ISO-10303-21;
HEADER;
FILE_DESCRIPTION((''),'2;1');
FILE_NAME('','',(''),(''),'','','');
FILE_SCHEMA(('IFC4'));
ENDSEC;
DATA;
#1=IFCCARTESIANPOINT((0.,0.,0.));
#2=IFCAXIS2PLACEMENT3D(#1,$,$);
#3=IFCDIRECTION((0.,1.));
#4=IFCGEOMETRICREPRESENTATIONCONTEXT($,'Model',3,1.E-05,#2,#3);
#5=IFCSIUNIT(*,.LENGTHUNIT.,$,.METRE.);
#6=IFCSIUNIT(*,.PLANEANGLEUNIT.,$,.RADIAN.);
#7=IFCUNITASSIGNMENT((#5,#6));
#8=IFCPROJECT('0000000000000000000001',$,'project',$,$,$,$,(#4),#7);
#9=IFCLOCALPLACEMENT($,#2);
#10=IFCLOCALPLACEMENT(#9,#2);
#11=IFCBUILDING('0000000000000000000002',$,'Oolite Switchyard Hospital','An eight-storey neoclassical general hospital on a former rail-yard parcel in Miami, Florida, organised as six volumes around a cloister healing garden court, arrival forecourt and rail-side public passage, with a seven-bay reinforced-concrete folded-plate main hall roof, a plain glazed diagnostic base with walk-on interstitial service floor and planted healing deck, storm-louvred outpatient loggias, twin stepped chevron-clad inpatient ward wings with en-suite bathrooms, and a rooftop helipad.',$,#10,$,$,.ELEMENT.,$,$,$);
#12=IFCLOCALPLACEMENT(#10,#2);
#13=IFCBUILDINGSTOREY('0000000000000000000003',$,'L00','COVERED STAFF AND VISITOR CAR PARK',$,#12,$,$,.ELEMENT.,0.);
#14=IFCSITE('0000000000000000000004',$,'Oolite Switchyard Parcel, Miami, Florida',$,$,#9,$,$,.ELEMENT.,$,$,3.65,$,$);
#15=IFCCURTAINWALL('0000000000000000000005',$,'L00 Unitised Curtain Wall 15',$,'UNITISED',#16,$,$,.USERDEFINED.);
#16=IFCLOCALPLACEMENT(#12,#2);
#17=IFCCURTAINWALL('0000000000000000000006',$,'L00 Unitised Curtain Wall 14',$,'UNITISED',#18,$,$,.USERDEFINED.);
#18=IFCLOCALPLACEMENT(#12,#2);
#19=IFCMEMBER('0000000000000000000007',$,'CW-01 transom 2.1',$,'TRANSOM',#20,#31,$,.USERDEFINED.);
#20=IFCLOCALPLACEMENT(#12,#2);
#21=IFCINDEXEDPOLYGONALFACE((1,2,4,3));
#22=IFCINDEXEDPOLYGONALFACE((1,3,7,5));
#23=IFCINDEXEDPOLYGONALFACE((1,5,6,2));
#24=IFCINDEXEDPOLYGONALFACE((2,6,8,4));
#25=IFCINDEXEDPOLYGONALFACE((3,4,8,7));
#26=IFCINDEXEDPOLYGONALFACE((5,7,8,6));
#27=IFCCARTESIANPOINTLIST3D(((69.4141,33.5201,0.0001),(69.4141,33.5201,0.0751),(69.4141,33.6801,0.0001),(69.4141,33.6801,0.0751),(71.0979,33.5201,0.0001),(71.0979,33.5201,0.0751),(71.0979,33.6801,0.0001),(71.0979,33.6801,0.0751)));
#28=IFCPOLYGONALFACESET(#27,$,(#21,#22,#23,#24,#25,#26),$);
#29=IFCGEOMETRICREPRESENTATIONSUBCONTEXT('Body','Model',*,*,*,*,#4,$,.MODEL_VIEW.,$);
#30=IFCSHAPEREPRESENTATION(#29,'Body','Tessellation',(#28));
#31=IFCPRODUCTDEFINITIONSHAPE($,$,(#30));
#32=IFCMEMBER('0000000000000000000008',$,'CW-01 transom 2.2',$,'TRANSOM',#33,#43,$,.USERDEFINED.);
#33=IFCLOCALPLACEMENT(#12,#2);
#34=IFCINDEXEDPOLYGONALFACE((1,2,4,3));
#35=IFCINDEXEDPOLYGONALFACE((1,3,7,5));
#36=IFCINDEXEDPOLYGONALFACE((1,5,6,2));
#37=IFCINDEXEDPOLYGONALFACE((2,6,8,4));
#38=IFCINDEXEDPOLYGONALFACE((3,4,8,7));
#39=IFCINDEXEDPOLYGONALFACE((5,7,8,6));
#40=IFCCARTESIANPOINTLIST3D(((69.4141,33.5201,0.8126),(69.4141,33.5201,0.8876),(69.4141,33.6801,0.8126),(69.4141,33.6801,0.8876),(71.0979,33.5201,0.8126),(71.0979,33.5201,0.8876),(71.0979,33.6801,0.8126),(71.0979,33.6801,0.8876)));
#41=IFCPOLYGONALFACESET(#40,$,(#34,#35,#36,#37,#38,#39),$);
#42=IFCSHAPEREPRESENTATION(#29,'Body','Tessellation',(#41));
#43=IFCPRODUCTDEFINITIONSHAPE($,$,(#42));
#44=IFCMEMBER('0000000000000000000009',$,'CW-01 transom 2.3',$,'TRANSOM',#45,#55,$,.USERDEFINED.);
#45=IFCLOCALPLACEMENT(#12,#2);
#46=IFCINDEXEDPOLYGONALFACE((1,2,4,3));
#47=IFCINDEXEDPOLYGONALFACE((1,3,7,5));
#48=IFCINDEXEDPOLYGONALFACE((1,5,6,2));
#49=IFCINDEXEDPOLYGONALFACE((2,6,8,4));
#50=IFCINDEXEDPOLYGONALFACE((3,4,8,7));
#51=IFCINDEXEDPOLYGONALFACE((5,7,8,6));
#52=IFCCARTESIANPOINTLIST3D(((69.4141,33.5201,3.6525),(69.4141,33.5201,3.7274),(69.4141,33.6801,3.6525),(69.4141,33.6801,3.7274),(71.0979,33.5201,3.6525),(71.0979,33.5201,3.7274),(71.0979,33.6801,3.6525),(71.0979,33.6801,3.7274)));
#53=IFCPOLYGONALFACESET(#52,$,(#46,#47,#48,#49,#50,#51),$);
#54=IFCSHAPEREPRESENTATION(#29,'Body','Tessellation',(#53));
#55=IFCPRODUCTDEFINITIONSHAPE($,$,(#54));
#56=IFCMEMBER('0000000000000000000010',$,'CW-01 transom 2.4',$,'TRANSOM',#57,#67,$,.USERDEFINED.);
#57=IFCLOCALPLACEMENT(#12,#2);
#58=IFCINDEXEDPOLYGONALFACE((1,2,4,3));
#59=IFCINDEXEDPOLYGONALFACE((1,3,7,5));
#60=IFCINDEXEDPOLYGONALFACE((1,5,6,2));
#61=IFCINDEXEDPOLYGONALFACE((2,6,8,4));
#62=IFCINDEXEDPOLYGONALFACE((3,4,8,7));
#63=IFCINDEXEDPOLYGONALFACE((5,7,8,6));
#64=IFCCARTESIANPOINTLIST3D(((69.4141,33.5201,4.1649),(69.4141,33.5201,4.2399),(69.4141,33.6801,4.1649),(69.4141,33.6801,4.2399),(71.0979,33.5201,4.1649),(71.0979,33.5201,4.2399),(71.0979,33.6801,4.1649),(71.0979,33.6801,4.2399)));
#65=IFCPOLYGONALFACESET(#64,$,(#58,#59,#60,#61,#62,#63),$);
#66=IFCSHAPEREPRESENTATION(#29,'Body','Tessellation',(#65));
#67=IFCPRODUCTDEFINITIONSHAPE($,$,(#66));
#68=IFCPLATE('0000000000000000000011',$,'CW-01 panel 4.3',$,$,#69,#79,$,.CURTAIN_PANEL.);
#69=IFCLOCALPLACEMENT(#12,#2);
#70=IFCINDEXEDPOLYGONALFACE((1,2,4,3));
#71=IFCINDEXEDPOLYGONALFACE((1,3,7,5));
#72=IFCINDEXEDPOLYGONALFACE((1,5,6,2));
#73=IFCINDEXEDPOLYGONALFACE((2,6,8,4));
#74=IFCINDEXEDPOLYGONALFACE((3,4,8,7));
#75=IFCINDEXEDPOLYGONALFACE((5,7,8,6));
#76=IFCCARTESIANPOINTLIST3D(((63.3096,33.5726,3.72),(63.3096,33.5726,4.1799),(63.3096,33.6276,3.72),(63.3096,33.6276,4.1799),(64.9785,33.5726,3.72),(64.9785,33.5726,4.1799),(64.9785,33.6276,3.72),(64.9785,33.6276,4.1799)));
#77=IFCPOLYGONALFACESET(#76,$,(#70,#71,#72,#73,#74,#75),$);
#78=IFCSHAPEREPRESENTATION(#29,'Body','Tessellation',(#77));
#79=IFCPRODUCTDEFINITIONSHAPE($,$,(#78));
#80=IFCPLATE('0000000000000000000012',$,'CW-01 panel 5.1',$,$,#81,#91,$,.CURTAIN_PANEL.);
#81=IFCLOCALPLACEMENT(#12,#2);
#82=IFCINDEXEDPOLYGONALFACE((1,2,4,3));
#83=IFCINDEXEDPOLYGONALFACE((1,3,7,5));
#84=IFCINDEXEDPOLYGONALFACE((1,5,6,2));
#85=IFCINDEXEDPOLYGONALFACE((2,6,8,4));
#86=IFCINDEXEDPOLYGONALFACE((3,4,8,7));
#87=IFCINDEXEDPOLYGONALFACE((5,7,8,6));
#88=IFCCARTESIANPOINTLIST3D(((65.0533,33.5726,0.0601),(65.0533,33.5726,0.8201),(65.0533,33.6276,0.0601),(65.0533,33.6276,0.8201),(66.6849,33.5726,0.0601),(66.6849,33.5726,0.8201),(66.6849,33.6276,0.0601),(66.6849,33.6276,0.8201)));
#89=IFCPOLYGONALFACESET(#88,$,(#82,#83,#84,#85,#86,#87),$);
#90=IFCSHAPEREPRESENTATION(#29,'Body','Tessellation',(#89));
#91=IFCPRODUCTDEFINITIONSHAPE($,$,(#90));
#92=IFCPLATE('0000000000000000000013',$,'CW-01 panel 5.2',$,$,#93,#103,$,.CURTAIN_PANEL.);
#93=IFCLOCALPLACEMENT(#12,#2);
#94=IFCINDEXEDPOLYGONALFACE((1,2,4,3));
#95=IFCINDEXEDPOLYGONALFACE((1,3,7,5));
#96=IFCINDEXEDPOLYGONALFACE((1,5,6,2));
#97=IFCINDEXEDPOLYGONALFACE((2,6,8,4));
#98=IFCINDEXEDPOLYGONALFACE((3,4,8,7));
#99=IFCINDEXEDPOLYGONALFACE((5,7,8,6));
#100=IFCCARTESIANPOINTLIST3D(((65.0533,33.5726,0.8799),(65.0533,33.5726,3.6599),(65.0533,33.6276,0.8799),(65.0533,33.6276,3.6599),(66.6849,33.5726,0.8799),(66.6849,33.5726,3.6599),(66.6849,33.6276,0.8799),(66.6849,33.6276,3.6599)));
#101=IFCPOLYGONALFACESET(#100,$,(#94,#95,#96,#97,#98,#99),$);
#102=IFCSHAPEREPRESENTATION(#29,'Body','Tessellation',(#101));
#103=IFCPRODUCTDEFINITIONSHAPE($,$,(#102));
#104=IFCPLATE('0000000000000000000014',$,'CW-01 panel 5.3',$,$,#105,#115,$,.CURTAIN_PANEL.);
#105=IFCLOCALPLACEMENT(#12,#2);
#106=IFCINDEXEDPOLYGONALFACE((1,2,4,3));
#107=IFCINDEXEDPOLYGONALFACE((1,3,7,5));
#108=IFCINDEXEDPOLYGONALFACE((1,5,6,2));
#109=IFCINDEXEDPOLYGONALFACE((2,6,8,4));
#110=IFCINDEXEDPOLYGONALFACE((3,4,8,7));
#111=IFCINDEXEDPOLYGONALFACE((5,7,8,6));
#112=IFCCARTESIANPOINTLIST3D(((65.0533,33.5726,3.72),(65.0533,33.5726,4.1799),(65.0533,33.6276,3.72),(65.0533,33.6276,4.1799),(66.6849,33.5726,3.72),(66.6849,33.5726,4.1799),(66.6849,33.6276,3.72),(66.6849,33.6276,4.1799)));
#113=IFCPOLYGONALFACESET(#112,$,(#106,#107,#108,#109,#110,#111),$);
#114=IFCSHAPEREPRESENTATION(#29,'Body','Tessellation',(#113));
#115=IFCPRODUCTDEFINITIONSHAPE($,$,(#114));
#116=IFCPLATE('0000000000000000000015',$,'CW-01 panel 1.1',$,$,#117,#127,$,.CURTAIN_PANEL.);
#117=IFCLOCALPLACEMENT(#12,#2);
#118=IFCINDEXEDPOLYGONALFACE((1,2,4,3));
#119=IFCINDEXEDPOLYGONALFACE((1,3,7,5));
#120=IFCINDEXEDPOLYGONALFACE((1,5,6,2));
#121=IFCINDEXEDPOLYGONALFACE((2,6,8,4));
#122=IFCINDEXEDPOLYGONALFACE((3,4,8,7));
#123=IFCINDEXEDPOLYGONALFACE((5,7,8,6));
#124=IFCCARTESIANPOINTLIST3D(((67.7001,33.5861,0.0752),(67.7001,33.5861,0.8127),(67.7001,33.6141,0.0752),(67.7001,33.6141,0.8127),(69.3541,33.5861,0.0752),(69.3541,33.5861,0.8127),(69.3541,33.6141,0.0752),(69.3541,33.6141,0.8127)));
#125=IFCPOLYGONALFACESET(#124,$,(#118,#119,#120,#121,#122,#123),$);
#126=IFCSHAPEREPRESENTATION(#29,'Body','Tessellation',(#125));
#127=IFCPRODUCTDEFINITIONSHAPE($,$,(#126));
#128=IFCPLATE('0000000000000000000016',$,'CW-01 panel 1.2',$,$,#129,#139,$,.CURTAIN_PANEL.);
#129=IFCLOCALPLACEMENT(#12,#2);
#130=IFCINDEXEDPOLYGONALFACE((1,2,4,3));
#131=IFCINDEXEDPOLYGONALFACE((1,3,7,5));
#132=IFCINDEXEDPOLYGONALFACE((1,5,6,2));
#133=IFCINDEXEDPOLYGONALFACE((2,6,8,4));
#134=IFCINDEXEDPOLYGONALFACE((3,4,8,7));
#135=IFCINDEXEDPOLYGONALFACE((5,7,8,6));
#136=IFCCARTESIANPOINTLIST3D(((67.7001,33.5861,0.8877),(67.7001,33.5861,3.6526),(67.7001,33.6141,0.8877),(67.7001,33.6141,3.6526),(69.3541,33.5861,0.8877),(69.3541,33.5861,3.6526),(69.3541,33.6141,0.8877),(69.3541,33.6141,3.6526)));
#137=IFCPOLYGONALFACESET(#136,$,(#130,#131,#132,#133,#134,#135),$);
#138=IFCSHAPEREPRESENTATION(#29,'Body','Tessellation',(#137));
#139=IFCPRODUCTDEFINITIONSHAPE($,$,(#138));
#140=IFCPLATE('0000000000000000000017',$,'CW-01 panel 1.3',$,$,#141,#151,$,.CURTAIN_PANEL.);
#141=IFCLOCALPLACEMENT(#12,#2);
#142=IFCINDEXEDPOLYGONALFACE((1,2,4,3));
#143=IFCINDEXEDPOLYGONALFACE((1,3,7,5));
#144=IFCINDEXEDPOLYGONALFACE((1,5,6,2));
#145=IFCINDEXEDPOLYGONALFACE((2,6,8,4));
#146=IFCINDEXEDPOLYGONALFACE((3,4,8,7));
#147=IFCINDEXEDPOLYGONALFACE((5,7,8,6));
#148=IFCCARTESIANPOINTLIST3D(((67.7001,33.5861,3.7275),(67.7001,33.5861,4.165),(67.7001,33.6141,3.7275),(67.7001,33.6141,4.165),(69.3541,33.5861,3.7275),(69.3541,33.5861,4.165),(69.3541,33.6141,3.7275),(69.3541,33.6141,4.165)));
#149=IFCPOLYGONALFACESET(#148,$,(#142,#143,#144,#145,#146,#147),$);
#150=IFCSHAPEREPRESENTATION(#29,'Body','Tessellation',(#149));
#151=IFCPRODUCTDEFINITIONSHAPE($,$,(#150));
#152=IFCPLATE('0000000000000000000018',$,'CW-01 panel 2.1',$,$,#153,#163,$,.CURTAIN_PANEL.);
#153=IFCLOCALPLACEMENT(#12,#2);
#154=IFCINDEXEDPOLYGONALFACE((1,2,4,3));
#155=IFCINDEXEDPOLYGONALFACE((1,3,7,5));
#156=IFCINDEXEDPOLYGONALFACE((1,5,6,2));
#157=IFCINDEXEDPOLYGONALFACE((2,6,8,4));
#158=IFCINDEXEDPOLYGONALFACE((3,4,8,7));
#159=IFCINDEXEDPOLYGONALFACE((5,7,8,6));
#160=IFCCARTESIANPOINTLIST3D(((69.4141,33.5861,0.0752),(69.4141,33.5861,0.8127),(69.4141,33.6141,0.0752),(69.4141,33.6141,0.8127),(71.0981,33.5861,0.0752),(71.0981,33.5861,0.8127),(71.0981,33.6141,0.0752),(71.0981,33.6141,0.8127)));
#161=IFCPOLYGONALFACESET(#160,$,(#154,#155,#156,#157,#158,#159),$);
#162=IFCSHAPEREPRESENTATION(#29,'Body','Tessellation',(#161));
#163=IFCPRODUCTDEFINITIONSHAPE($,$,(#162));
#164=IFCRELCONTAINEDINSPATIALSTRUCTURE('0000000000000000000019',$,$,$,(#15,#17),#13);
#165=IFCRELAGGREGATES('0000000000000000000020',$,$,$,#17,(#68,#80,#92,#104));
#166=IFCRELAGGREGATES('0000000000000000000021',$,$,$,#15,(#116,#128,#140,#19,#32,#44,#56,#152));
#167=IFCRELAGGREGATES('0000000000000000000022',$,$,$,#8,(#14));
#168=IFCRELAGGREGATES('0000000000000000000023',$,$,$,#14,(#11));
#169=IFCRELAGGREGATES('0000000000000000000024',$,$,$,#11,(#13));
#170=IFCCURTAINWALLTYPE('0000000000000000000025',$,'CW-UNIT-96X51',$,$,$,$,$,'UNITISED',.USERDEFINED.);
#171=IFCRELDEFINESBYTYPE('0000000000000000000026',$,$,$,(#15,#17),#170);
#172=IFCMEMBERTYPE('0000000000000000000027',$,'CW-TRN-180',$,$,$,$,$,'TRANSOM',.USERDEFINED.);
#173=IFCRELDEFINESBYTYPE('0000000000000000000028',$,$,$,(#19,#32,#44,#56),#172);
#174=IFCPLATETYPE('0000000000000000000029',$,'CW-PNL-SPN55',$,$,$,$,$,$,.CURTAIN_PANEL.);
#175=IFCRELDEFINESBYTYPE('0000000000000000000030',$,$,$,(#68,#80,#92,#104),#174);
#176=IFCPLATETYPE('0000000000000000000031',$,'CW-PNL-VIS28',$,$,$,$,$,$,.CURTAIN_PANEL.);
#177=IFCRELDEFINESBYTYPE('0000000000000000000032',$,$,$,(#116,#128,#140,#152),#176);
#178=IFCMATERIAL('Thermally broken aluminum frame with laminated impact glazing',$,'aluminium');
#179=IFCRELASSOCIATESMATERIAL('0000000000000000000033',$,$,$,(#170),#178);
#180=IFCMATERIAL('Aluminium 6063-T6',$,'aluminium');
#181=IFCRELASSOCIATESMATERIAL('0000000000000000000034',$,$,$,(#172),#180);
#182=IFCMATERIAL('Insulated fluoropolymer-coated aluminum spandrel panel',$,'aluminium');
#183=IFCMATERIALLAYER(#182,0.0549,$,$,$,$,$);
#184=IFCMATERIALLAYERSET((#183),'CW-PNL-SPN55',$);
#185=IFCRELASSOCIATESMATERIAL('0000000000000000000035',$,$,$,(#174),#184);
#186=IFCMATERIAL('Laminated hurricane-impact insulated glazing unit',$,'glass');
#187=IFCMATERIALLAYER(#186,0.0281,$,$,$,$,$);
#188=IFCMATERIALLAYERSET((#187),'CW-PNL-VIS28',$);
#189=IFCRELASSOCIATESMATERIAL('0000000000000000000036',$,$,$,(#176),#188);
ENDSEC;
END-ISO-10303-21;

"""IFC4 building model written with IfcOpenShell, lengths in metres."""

from ifc_helpers import new_model, si_unit, direction, frame, origin, origin_2d, place, context, subcontext, project, spatial, rectangle, extrude, material, layer, layer_set, material_profile, profile_set, type_object, element, aggregate, save


model = new_model("IFC4")

# Units and contexts
model_context = context("Model", 3, precision=1e-05, world=origin(), true_north=direction((0.0, 1.0)))
body_context = subcontext(model_context, "Body", "Model", "MODEL_VIEW")
ifc_project = project(units=[si_unit("LENGTHUNIT", "METRE"), si_unit("PLANEANGLEUNIT", "RADIAN")], contexts=[model_context])

# Site, building, storey
site_placement = place(None, origin())
site = spatial("IfcSite", under=ifc_project, at=site_placement, Name="Oolite Switchyard Parcel, Miami, Florida", CompositionType="ELEMENT", RefElevation=3.65)
building_placement = place(site_placement, origin())
building = spatial("IfcBuilding", under=site, at=building_placement, Name="Oolite Switchyard Hospital", Description="An eight-storey neoclassical general hospital on a former rail-yard parcel in Miami, Florida, organised as six volumes around a cloister healing garden court, arrival forecourt and rail-side public passage, with a seven-bay reinforced-concrete folded-plate main hall roof, a plain glazed diagnostic base with walk-on interstitial service floor and planted healing deck, storm-louvred outpatient loggias, twin stepped chevron-clad inpatient ward wings with en-suite bathrooms, and a rooftop helipad.", CompositionType="ELEMENT")
storey_placement = place(building_placement, origin())
storey = spatial("IfcBuildingStorey", under=building, at=storey_placement, Name="L00", Description="COVERED STAFF AND VISITOR CAR PARK", CompositionType="ELEMENT", Elevation=0.0)

# Curtain walls
ifc_material_1 = material(Name="Thermally broken aluminum frame with laminated impact glazing", Category="aluminium")
curtain_wall_type = type_object("IfcCurtainWallType", Name="CW-UNIT-96X51", ElementType="UNITISED", PredefinedType="USERDEFINED", material=ifc_material_1)
curtain_wall_1_placement = place(storey_placement, origin())
curtain_wall_1 = element("IfcCurtainWall", 1, at=curtain_wall_1_placement, inside=storey, type_object=curtain_wall_type, Name="L00 Unitised Curtain Wall 15", ObjectType="UNITISED", PredefinedType="USERDEFINED")
ifc_material_2 = material(Name="Aluminium 6063-T6", Category="aluminium")
curtain_wall_2_placement = place(storey_placement, origin())
curtain_wall_2 = element("IfcCurtainWall", 2, at=curtain_wall_2_placement, inside=storey, type_object=curtain_wall_type, Name="L00 Unitised Curtain Wall 14", ObjectType="UNITISED", PredefinedType="USERDEFINED")

# Members
ifc_material_profile_1 = material_profile(ifc_material_2, rectangle(XDim=0.1599, YDim=0.075, at=origin_2d()), Name="CWT75X160")
ifc_profile_set_1 = profile_set([ifc_material_profile_1], Name="Aluminium 6063-T6")
member_type_1 = type_object("IfcMemberType", Name="CW-TRN-180", ElementType="TRANSOM", PredefinedType="USERDEFINED", material=ifc_profile_set_1)
member_1_placement = place(storey_placement, frame((69.4141, 33.6001, 0.0376), z_axis=(1.0, 0.0, 0.0), x_axis=(0.0, 1.0, 0.0)))
member_1 = element("IfcMember", 3, at=member_1_placement, type_object=member_type_1, Name="CW-01 transom 2.1", ObjectType="TRANSOM", PredefinedType="USERDEFINED", context=body_context, shape_type="SweptSolid", body=[
    extrude(rectangle(XDim=0.1599, YDim=0.075, at=origin_2d()), origin(), (0.0, 0.0, 1.0), 1.6838),
])
member_2_placement = place(storey_placement, frame((69.4141, 33.6001, 0.8501), z_axis=(1.0, 0.0, 0.0), x_axis=(0.0, 1.0, 0.0)))
member_2 = element("IfcMember", 4, at=member_2_placement, type_object=member_type_1, Name="CW-01 transom 2.2", ObjectType="TRANSOM", PredefinedType="USERDEFINED", context=body_context, shape_type="SweptSolid", body=[
    extrude(rectangle(XDim=0.1599, YDim=0.075, at=origin_2d()), origin(), (0.0, 0.0, 1.0), 1.6838),
])
member_3_placement = place(storey_placement, frame((69.4141, 33.6001, 3.6899), z_axis=(1.0, 0.0, 0.0), x_axis=(0.0, 1.0, 0.0)))
member_3 = element("IfcMember", 5, at=member_3_placement, type_object=member_type_1, Name="CW-01 transom 2.3", ObjectType="TRANSOM", PredefinedType="USERDEFINED", context=body_context, shape_type="SweptSolid", body=[
    extrude(rectangle(XDim=0.1599, YDim=0.075, at=origin_2d()), origin(), (0.0, 0.0, 1.0), 1.6838),
])
member_4_placement = place(storey_placement, frame((69.4141, 33.6001, 4.2024), z_axis=(1.0, 0.0, 0.0), x_axis=(0.0, 1.0, 0.0)))
member_4 = element("IfcMember", 6, at=member_4_placement, type_object=member_type_1, Name="CW-01 transom 2.4", ObjectType="TRANSOM", PredefinedType="USERDEFINED", context=body_context, shape_type="SweptSolid", body=[
    extrude(rectangle(XDim=0.1599, YDim=0.075, at=origin_2d()), origin(), (0.0, 0.0, 1.0), 1.6838),
])

# Plates
ifc_material_3 = material(Name="Insulated fluoropolymer-coated aluminum spandrel panel", Category="aluminium")
ifc_layer_1 = layer(ifc_material_3, 0.0549)
ifc_layer_set_1 = layer_set([ifc_layer_1], Name="CW-PNL-SPN55")
plate_type_1 = type_object("IfcPlateType", Name="CW-PNL-SPN55", PredefinedType="CURTAIN_PANEL", material=ifc_layer_set_1)
plate_1_placement = place(storey_placement, frame((64.144, 33.6001, 3.72), z_axis=(0.0, 0.0, 1.0), x_axis=(1.0, 0.0, 0.0)))
plate_1 = element("IfcPlate", 7, at=plate_1_placement, type_object=plate_type_1, Name="CW-01 panel 4.3", PredefinedType="CURTAIN_PANEL", context=body_context, shape_type="SweptSolid", body=[
    extrude(rectangle(XDim=1.6689, YDim=0.0549, at=origin_2d()), origin(), (0.0, 0.0, 1.0), 0.46),
])
plate_2_placement = place(storey_placement, frame((65.8691, 33.6001, 0.0601), z_axis=(0.0, 0.0, 1.0), x_axis=(1.0, 0.0, 0.0)))
plate_2 = element("IfcPlate", 8, at=plate_2_placement, type_object=plate_type_1, Name="CW-01 panel 5.1", PredefinedType="CURTAIN_PANEL", context=body_context, shape_type="SweptSolid", body=[
    extrude(rectangle(XDim=1.6316, YDim=0.0549, at=origin_2d()), origin(), (0.0, 0.0, 1.0), 0.76),
])
plate_3_placement = place(storey_placement, frame((65.8691, 33.6001, 0.8799), z_axis=(0.0, 0.0, 1.0), x_axis=(1.0, 0.0, 0.0)))
plate_3 = element("IfcPlate", 9, at=plate_3_placement, type_object=plate_type_1, Name="CW-01 panel 5.2", PredefinedType="CURTAIN_PANEL", context=body_context, shape_type="SweptSolid", body=[
    extrude(rectangle(XDim=1.6316, YDim=0.0549, at=origin_2d()), origin(), (0.0, 0.0, 1.0), 2.78),
])
plate_4_placement = place(storey_placement, frame((65.8691, 33.6001, 3.72), z_axis=(0.0, 0.0, 1.0), x_axis=(1.0, 0.0, 0.0)))
plate_4 = element("IfcPlate", 10, at=plate_4_placement, type_object=plate_type_1, Name="CW-01 panel 5.3", PredefinedType="CURTAIN_PANEL", context=body_context, shape_type="SweptSolid", body=[
    extrude(rectangle(XDim=1.6316, YDim=0.0549, at=origin_2d()), origin(), (0.0, 0.0, 1.0), 0.46),
])
aggregate(curtain_wall_2, [plate_1, plate_2, plate_3, plate_4])
ifc_material_4 = material(Name="Laminated hurricane-impact insulated glazing unit", Category="glass")
ifc_layer_2 = layer(ifc_material_4, 0.0281)
ifc_layer_set_2 = layer_set([ifc_layer_2], Name="CW-PNL-VIS28")
plate_type_2 = type_object("IfcPlateType", Name="CW-PNL-VIS28", PredefinedType="CURTAIN_PANEL", material=ifc_layer_set_2)
plate_5_placement = place(storey_placement, frame((68.5271, 33.6001, 0.0752), z_axis=(0.0, 0.0, 1.0), x_axis=(1.0, 0.0, 0.0)))
plate_5 = element("IfcPlate", 11, at=plate_5_placement, type_object=plate_type_2, Name="CW-01 panel 1.1", PredefinedType="CURTAIN_PANEL", context=body_context, shape_type="SweptSolid", body=[
    extrude(rectangle(XDim=1.6541, YDim=0.0281, at=origin_2d()), origin(), (0.0, 0.0, 1.0), 0.7375),
])
plate_6_placement = place(storey_placement, frame((68.5271, 33.6001, 0.8877), z_axis=(0.0, 0.0, 1.0), x_axis=(1.0, 0.0, 0.0)))
plate_6 = element("IfcPlate", 12, at=plate_6_placement, type_object=plate_type_2, Name="CW-01 panel 1.2", PredefinedType="CURTAIN_PANEL", context=body_context, shape_type="SweptSolid", body=[
    extrude(rectangle(XDim=1.6541, YDim=0.0281, at=origin_2d()), origin(), (0.0, 0.0, 1.0), 2.7649),
])
plate_7_placement = place(storey_placement, frame((68.5271, 33.6001, 3.7275), z_axis=(0.0, 0.0, 1.0), x_axis=(1.0, 0.0, 0.0)))
plate_7 = element("IfcPlate", 13, at=plate_7_placement, type_object=plate_type_2, Name="CW-01 panel 1.3", PredefinedType="CURTAIN_PANEL", context=body_context, shape_type="SweptSolid", body=[
    extrude(rectangle(XDim=1.6541, YDim=0.0281, at=origin_2d()), origin(), (0.0, 0.0, 1.0), 0.4375),
])
plate_8_placement = place(storey_placement, frame((70.2561, 33.6001, 0.0752), z_axis=(0.0, 0.0, 1.0), x_axis=(1.0, 0.0, 0.0)))
plate_8 = element("IfcPlate", 14, at=plate_8_placement, type_object=plate_type_2, Name="CW-01 panel 2.1", PredefinedType="CURTAIN_PANEL", context=body_context, shape_type="SweptSolid", body=[
    extrude(rectangle(XDim=1.6841, YDim=0.0281, at=origin_2d()), origin(), (0.0, 0.0, 1.0), 0.7375),
])
aggregate(curtain_wall_1, [plate_5, plate_6, plate_7, member_1, member_2, member_3, member_4, plate_8])

save(model, "model.ifc")
